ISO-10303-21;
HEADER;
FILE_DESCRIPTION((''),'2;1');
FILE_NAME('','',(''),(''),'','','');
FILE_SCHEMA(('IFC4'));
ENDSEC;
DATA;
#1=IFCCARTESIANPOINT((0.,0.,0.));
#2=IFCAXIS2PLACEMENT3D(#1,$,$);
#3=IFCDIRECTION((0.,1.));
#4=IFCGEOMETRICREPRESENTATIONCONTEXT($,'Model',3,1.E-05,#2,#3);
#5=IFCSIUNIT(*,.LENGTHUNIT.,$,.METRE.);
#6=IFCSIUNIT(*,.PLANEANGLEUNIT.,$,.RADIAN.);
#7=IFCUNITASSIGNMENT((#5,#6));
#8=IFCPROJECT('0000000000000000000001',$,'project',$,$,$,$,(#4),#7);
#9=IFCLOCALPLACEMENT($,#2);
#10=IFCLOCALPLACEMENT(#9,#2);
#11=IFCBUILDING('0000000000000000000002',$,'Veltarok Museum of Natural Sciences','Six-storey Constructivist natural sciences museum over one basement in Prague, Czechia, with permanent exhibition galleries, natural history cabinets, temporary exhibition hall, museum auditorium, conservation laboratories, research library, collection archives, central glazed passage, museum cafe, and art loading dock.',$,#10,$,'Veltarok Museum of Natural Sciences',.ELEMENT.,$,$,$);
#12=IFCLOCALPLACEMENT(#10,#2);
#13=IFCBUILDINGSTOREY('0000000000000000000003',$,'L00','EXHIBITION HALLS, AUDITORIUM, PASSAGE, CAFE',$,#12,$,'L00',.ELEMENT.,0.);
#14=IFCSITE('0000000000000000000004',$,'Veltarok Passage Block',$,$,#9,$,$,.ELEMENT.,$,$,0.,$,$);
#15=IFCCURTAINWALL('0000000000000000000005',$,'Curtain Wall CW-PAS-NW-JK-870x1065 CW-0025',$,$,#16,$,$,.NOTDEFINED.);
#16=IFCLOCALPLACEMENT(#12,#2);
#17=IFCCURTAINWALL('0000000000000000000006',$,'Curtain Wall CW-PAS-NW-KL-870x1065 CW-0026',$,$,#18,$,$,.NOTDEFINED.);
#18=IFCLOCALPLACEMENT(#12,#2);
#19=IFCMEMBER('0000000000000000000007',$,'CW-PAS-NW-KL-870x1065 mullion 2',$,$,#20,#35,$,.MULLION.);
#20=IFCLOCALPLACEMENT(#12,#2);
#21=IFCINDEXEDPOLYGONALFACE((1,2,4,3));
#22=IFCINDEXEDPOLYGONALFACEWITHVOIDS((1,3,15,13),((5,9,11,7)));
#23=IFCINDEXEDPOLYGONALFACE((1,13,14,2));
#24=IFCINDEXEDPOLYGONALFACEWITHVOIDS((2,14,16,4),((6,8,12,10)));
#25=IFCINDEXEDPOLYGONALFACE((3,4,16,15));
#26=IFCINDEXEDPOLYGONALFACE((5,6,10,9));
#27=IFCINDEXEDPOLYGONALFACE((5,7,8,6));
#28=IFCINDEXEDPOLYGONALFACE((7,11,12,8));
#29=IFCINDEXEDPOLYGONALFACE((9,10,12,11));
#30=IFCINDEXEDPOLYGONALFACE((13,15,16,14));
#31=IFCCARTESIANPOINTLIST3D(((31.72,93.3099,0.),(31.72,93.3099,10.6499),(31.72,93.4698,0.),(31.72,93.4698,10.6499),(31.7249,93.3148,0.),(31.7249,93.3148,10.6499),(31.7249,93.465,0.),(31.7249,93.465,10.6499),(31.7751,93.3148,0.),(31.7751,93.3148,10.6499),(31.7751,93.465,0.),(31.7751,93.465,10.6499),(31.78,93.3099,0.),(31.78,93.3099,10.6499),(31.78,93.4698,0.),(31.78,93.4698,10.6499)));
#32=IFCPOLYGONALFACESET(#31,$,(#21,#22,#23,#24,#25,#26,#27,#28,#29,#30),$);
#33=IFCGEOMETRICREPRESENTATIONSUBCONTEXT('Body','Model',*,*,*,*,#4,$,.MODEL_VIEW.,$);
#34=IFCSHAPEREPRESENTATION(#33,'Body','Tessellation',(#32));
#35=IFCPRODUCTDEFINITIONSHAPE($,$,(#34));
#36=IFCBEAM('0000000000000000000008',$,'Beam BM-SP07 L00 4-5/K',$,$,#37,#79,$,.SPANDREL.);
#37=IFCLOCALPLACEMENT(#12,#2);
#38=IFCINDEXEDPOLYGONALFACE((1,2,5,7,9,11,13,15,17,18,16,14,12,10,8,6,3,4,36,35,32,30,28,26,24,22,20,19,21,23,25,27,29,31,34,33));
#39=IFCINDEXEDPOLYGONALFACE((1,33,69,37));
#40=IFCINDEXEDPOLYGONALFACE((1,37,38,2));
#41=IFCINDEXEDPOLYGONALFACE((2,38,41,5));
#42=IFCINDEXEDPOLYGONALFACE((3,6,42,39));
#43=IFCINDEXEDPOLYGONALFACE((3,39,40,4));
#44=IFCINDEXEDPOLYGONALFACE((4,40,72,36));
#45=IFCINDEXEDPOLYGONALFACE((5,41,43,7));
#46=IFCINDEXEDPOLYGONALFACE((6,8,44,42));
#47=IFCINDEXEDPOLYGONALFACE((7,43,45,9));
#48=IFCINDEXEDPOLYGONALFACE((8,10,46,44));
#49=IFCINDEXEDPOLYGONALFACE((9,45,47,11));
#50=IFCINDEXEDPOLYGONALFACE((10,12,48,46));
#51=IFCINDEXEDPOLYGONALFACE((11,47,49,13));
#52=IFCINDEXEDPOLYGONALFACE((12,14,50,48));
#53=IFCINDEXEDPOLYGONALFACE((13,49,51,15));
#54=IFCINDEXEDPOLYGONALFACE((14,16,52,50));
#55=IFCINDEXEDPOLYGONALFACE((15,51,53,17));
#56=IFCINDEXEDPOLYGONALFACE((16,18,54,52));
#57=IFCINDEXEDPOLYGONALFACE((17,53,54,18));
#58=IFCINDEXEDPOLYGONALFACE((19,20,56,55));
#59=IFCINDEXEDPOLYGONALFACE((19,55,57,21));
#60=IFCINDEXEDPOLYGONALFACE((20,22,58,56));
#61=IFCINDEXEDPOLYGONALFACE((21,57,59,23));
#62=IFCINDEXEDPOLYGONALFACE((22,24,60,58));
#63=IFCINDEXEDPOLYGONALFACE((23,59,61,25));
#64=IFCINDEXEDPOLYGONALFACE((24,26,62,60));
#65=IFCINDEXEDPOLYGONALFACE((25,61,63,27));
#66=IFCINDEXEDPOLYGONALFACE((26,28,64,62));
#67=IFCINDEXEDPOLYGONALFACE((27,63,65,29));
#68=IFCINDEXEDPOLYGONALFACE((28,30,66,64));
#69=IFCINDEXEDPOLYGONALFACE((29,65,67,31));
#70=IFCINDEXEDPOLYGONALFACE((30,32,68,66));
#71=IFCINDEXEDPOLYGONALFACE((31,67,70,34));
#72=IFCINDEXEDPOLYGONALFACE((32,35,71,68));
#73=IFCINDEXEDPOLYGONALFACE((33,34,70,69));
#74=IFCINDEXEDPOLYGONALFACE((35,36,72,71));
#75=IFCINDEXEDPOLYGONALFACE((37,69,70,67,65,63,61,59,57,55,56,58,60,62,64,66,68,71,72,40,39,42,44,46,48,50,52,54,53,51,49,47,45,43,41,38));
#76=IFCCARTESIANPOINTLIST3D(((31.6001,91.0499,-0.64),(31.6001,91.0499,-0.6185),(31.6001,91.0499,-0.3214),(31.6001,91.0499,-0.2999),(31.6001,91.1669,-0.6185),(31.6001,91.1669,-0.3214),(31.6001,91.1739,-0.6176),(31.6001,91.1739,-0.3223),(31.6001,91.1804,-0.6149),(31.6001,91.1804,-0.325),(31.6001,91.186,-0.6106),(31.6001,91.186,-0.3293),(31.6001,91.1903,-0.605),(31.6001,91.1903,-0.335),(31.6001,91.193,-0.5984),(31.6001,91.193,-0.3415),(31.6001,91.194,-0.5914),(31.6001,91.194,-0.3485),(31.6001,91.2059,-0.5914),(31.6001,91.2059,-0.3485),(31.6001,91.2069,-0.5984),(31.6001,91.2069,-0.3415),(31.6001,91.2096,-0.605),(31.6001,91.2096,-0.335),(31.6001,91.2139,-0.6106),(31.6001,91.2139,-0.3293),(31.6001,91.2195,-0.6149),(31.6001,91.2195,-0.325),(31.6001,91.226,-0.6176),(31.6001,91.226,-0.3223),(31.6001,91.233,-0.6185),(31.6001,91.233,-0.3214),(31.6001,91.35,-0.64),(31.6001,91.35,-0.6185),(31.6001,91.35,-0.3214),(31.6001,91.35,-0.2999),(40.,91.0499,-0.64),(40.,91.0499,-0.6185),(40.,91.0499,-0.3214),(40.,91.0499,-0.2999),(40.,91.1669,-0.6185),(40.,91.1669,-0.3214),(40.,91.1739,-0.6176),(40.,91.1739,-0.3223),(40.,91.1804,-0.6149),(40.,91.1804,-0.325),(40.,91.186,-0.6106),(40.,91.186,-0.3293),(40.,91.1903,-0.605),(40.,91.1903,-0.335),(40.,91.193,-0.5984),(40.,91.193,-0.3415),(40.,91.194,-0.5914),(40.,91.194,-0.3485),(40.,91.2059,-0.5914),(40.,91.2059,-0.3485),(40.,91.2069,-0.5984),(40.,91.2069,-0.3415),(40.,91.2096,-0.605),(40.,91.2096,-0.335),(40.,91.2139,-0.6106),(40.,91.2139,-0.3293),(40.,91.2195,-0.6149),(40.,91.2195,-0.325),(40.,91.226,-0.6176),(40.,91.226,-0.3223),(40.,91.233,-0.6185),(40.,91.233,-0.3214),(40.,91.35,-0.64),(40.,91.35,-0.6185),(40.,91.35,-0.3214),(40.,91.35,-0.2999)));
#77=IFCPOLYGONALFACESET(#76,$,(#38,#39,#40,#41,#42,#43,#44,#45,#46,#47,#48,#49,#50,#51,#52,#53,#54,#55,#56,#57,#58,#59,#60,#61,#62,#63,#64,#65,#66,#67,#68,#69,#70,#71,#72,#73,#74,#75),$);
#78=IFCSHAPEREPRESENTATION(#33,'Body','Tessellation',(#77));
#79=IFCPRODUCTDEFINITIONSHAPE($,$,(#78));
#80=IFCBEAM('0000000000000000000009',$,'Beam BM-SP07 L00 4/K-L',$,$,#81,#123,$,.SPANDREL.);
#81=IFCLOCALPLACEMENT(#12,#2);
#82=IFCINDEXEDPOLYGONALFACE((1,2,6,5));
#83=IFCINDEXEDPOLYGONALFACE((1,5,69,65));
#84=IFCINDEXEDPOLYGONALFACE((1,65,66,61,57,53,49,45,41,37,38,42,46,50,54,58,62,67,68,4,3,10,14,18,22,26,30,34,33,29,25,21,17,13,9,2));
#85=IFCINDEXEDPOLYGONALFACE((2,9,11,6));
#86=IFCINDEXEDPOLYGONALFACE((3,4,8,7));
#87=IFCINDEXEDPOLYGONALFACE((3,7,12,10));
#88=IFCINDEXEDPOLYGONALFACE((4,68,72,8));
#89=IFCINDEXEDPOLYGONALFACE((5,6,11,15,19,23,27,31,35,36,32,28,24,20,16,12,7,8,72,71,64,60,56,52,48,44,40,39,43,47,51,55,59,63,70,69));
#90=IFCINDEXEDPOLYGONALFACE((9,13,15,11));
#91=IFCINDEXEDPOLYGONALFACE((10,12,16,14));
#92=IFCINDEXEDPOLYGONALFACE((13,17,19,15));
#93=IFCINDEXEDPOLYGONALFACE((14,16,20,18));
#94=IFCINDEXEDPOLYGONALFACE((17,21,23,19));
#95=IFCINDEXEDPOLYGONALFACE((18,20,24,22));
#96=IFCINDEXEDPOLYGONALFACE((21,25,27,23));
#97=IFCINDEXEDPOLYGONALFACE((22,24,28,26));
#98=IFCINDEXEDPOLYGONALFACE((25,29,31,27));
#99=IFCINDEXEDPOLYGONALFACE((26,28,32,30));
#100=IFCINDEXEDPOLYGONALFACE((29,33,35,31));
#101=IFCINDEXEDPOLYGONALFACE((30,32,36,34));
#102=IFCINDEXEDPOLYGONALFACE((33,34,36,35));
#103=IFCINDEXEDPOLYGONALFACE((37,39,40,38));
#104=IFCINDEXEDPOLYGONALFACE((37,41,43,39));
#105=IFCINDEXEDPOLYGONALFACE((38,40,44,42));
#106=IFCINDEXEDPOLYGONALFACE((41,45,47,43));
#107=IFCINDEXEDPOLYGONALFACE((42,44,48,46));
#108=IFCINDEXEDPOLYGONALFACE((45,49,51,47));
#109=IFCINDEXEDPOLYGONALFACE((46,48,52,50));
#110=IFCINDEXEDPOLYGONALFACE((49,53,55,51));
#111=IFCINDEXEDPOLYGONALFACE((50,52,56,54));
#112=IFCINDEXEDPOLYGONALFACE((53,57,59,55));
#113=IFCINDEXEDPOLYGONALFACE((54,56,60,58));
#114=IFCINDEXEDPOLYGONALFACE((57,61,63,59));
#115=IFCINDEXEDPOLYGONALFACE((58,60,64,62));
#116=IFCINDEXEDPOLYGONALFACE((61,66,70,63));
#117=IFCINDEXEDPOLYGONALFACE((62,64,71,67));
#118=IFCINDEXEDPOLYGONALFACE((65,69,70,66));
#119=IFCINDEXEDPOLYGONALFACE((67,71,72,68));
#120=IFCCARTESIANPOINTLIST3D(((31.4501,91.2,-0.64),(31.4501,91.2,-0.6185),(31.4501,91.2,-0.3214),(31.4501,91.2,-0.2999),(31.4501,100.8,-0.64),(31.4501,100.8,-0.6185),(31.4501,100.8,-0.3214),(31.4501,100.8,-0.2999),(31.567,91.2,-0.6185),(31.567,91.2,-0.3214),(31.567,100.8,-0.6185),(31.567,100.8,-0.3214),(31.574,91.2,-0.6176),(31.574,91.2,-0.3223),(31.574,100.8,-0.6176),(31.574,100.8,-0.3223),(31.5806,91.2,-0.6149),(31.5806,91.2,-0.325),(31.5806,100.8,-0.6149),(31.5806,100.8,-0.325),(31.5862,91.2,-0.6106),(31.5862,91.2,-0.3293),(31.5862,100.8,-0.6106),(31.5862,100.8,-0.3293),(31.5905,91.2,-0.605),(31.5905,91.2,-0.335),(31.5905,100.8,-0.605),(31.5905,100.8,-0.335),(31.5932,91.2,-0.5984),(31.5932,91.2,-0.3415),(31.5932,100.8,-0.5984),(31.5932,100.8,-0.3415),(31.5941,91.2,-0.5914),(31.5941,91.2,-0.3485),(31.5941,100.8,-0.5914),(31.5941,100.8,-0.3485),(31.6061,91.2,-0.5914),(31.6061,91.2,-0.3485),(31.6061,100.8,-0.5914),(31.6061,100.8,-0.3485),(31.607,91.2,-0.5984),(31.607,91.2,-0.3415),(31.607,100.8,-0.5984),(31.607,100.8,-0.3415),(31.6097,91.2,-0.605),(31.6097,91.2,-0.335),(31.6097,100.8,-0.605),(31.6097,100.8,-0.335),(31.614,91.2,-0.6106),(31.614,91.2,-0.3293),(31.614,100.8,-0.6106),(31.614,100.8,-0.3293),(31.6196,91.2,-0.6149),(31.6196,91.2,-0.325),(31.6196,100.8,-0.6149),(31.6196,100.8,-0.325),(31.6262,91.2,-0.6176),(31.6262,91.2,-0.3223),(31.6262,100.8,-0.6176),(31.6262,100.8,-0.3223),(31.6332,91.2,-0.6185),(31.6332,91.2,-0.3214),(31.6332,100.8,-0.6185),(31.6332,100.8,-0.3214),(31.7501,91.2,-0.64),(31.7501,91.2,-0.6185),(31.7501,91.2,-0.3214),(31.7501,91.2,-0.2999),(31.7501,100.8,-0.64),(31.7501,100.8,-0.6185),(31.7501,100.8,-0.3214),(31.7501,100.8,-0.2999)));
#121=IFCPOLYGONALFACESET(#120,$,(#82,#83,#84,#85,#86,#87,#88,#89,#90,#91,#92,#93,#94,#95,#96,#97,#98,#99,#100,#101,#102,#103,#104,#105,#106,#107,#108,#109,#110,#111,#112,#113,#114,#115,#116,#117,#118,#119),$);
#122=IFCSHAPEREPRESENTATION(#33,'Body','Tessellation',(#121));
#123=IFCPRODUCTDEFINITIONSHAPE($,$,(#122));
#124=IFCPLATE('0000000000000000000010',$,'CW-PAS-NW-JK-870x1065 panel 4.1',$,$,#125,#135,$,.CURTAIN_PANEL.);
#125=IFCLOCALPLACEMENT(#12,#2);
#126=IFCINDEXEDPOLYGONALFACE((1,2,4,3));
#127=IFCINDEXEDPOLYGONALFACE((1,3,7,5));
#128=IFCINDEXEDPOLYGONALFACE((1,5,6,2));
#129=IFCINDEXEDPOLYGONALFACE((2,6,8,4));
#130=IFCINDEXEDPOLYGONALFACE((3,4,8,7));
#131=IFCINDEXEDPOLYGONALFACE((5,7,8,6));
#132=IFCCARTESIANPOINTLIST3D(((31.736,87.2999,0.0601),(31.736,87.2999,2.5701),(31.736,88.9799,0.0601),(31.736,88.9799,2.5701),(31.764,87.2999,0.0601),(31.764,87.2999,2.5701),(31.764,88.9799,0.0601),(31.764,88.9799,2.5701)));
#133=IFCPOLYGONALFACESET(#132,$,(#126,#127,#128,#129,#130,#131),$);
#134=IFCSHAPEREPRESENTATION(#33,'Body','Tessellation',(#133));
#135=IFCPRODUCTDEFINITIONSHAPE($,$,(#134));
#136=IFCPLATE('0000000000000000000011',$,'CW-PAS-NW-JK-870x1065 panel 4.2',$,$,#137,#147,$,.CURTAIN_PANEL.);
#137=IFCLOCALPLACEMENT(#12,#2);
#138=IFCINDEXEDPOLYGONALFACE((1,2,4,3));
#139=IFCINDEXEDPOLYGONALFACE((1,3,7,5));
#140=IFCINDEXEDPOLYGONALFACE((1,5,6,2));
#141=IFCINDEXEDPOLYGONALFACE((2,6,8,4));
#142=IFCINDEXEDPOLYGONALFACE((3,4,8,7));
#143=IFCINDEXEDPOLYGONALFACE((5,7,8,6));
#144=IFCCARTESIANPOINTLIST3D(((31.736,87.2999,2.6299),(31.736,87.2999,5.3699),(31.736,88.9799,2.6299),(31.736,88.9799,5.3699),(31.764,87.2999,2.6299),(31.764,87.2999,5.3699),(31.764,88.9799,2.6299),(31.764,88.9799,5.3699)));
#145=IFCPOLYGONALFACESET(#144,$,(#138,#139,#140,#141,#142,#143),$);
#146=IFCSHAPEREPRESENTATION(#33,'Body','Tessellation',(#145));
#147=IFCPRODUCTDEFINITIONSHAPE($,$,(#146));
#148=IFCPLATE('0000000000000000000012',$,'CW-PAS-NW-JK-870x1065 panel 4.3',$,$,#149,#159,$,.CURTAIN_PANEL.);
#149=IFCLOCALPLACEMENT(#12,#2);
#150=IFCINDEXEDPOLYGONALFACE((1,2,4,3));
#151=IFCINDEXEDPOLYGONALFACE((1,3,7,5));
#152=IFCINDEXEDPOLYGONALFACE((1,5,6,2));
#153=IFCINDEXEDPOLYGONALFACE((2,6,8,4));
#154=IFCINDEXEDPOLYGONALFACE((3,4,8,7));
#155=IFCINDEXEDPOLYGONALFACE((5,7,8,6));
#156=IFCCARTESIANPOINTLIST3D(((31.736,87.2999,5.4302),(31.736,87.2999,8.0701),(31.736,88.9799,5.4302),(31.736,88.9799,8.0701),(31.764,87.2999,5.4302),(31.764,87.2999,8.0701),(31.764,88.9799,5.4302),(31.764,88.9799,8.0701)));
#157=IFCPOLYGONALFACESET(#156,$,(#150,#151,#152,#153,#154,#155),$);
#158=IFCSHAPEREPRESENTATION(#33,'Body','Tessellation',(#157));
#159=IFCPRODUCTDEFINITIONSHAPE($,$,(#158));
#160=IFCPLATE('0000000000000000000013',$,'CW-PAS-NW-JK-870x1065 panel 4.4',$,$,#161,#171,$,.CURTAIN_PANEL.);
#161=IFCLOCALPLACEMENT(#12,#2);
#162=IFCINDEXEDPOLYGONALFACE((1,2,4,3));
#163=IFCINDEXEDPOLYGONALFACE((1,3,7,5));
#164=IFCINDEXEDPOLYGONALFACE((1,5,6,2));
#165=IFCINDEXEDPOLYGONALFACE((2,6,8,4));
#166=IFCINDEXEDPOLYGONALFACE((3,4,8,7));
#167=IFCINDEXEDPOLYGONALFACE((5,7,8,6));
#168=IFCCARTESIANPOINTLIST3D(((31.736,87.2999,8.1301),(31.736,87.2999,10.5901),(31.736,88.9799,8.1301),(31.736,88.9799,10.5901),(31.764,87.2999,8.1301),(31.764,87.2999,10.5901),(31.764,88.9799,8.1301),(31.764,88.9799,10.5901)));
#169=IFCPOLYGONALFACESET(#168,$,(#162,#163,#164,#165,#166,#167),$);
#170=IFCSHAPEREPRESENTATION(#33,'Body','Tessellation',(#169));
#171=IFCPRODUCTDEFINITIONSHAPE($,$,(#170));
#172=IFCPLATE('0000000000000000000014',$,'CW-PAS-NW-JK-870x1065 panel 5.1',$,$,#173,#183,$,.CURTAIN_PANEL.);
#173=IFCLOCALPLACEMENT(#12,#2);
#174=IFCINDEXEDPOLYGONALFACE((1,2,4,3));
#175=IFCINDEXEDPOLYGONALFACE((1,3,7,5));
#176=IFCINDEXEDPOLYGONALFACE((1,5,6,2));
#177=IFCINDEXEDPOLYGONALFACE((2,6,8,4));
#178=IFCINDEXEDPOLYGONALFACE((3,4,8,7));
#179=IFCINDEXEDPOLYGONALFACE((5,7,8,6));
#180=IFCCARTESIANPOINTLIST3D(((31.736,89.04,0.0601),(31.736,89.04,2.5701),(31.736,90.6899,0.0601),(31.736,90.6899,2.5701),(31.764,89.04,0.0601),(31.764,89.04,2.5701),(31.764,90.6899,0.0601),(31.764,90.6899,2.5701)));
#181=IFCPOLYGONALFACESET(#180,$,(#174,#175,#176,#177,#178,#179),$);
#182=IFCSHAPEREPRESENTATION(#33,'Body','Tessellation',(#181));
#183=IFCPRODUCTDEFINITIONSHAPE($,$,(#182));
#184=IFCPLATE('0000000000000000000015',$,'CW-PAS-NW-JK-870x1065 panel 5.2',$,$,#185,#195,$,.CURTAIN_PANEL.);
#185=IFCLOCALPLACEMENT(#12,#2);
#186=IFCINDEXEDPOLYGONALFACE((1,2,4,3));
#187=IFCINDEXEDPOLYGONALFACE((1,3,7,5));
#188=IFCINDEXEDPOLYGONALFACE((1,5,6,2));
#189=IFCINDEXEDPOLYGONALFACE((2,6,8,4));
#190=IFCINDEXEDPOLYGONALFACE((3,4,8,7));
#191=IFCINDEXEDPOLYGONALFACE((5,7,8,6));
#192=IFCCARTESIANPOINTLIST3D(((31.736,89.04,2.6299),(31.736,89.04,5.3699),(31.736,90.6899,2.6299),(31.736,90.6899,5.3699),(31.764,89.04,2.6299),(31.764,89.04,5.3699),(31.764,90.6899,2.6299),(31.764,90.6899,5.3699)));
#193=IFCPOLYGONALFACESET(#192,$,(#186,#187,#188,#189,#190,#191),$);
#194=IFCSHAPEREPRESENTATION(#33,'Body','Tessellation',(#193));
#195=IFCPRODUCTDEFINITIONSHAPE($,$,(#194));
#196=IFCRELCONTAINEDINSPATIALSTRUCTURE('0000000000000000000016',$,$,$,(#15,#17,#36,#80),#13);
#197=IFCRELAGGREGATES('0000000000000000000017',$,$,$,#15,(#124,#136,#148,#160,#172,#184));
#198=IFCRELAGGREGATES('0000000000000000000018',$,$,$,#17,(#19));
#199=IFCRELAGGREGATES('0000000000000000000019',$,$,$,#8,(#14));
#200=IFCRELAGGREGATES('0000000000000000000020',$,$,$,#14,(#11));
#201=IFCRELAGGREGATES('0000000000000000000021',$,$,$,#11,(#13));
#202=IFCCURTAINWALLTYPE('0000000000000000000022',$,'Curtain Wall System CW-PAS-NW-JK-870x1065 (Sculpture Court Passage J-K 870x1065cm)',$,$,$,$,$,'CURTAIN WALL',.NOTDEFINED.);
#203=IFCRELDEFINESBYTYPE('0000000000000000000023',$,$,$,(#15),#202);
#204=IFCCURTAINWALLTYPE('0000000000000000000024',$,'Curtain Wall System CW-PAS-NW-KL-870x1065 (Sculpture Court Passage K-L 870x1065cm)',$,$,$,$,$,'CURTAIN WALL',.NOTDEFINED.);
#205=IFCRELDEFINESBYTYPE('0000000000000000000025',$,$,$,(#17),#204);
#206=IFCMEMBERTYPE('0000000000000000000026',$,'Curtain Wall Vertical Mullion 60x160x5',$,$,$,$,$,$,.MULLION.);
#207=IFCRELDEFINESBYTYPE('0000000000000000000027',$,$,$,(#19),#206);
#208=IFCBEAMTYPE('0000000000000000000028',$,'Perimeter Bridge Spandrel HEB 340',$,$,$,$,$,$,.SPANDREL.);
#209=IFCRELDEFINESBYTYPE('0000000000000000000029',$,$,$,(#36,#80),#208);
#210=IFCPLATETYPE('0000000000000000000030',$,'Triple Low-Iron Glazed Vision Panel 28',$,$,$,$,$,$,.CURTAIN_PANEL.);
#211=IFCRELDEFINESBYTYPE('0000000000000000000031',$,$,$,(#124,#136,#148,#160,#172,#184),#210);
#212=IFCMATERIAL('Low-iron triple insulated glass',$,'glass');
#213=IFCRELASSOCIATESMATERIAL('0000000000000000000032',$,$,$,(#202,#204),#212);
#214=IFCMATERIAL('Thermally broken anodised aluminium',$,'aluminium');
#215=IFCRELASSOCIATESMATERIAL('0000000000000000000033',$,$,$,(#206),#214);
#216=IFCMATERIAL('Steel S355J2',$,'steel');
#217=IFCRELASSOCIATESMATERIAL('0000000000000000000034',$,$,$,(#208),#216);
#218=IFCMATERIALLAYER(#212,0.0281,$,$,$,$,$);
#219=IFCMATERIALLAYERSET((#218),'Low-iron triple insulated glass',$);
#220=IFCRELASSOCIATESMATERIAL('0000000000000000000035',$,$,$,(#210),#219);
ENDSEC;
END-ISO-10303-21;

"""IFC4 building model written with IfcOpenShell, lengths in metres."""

from ifc_helpers import new_model, si_unit, direction, frame, origin, origin_2d, place, context, subcontext, project, spatial, rectangle, hollow_rectangle, i_section, extrude, material, layer, layer_set, material_profile, profile_set, type_object, element, aggregate, save


model = new_model("IFC4")

# Units and contexts
model_context = context("Model", 3, precision=1e-05, world=origin(), true_north=direction((0.0, 1.0)))
body_context = subcontext(model_context, "Body", "Model", "MODEL_VIEW")
ifc_project = project(units=[si_unit("LENGTHUNIT", "METRE"), si_unit("PLANEANGLEUNIT", "RADIAN")], contexts=[model_context])

# Site, building, storey
site_placement = place(None, origin())
site = spatial("IfcSite", under=ifc_project, at=site_placement, Name="Veltarok Passage Block", CompositionType="ELEMENT", RefElevation=0.0)
building_placement = place(site_placement, origin())
building = spatial("IfcBuilding", under=site, at=building_placement, Name="Veltarok Museum of Natural Sciences", Description="Six-storey Constructivist natural sciences museum over one basement in Prague, Czechia, with permanent exhibition galleries, natural history cabinets, temporary exhibition hall, museum auditorium, conservation laboratories, research library, collection archives, central glazed passage, museum cafe, and art loading dock.", LongName="Veltarok Museum of Natural Sciences", CompositionType="ELEMENT")
storey_placement = place(building_placement, origin())
storey = spatial("IfcBuildingStorey", under=building, at=storey_placement, Name="L00", Description="EXHIBITION HALLS, AUDITORIUM, PASSAGE, CAFE", LongName="L00", CompositionType="ELEMENT", Elevation=0.0)

# Shared definitions
ifc_material_1 = material(Name="Steel S355J2", Category="steel")

# Curtain walls
ifc_material_2 = material(Name="Low-iron triple insulated glass", Category="glass")
curtain_wall_type_1 = type_object("IfcCurtainWallType", Name="Curtain Wall System CW-PAS-NW-JK-870x1065 (Sculpture Court Passage J-K 870x1065cm)", ElementType="CURTAIN WALL", PredefinedType="NOTDEFINED", material=ifc_material_2)
curtain_wall_1_placement = place(storey_placement, origin())
curtain_wall_1 = element("IfcCurtainWall", 1, at=curtain_wall_1_placement, inside=storey, type_object=curtain_wall_type_1, Name="Curtain Wall CW-PAS-NW-JK-870x1065 CW-0025", PredefinedType="NOTDEFINED")
ifc_material_3 = material(Name="Thermally broken anodised aluminium", Category="aluminium")
curtain_wall_type_2 = type_object("IfcCurtainWallType", Name="Curtain Wall System CW-PAS-NW-KL-870x1065 (Sculpture Court Passage K-L 870x1065cm)", ElementType="CURTAIN WALL", PredefinedType="NOTDEFINED", material=ifc_material_2)
curtain_wall_2_placement = place(storey_placement, origin())
curtain_wall_2 = element("IfcCurtainWall", 2, at=curtain_wall_2_placement, inside=storey, type_object=curtain_wall_type_2, Name="Curtain Wall CW-PAS-NW-KL-870x1065 CW-0026", PredefinedType="NOTDEFINED")

# Member
ifc_material_profile_1 = material_profile(ifc_material_3, hollow_rectangle(XDim=0.0601, YDim=0.1599, WallThickness=0.0049, at=origin_2d()), Name="CW MULLION 60x160x5")
ifc_profile_set_1 = profile_set([ifc_material_profile_1], Name="Thermally broken anodised aluminium")
member_type_1 = type_object("IfcMemberType", Name="Curtain Wall Vertical Mullion 60x160x5", PredefinedType="MULLION", material=ifc_profile_set_1)
member_1_placement = place(storey_placement, frame((31.75, 93.3899, 0.0), z_axis=(0.0, 0.0, 1.0), x_axis=(-1.0, 0.0, 0.0)))
member_1 = element("IfcMember", 3, at=member_1_placement, type_object=member_type_1, Name="CW-PAS-NW-KL-870x1065 mullion 2", PredefinedType="MULLION", context=body_context, shape_type="SweptSolid", body=[
    extrude(hollow_rectangle(XDim=0.0601, YDim=0.1599, WallThickness=0.0049, at=origin_2d()), origin(), (0.0, 0.0, 1.0), 10.6499),
])

# Beams
ifc_material_profile_2 = material_profile(ifc_material_1, i_section(OverallWidth=0.3, OverallDepth=0.3401, WebThickness=0.012, FlangeThickness=0.0215, FilletRadius=0.0271, at=origin_2d()), Name="HEB 340")
ifc_profile_set_2 = profile_set([ifc_material_profile_2], Name="Steel S355J2")
beam_type = type_object("IfcBeamType", Name="Perimeter Bridge Spandrel HEB 340", PredefinedType="SPANDREL", material=ifc_profile_set_2)
beam_1_placement = place(storey_placement, frame((31.6001, 91.2, -0.47), z_axis=(1.0, 0.0, 0.0), x_axis=(0.0, 1.0, 0.0)))
element("IfcBeam", 4, at=beam_1_placement, inside=storey, type_object=beam_type, Name="Beam BM-SP07 L00 4-5/K", PredefinedType="SPANDREL", context=body_context, shape_type="SweptSolid", body=[
    extrude(i_section(OverallWidth=0.3, OverallDepth=0.3401, WebThickness=0.012, FlangeThickness=0.0215, FilletRadius=0.0271, at=origin_2d()), origin(), (0.0, 0.0, 1.0), 8.3999),
])
beam_2_placement = place(storey_placement, frame((31.6001, 91.2, -0.47), z_axis=(0.0, 1.0, 0.0), x_axis=(-1.0, 0.0, 0.0)))
element("IfcBeam", 5, at=beam_2_placement, inside=storey, type_object=beam_type, Name="Beam BM-SP07 L00 4/K-L", PredefinedType="SPANDREL", context=body_context, shape_type="SweptSolid", body=[
    extrude(i_section(OverallWidth=0.3, OverallDepth=0.3401, WebThickness=0.012, FlangeThickness=0.0215, FilletRadius=0.0271, at=origin_2d()), origin(), (0.0, 0.0, 1.0), 9.6001),
])

# Plates
ifc_layer = layer(ifc_material_2, 0.0281)
ifc_layer_set = layer_set([ifc_layer], Name="Low-iron triple insulated glass")
plate_type = type_object("IfcPlateType", Name="Triple Low-Iron Glazed Vision Panel 28", PredefinedType="CURTAIN_PANEL", material=ifc_layer_set)
plate_1_placement = place(storey_placement, frame((31.75, 88.1399, 0.0601), z_axis=(0.0, 0.0, 1.0), x_axis=(0.0, 1.0, 0.0)))
plate_1 = element("IfcPlate", 6, at=plate_1_placement, type_object=plate_type, Name="CW-PAS-NW-JK-870x1065 panel 4.1", PredefinedType="CURTAIN_PANEL", context=body_context, shape_type="SweptSolid", body=[
    extrude(rectangle(XDim=1.6799, YDim=0.0281, at=origin_2d()), origin(), (0.0, 0.0, 1.0), 2.51),
])
plate_2_placement = place(storey_placement, frame((31.75, 88.1399, 2.6299), z_axis=(0.0, 0.0, 1.0), x_axis=(0.0, 1.0, 0.0)))
plate_2 = element("IfcPlate", 7, at=plate_2_placement, type_object=plate_type, Name="CW-PAS-NW-JK-870x1065 panel 4.2", PredefinedType="CURTAIN_PANEL", context=body_context, shape_type="SweptSolid", body=[
    extrude(rectangle(XDim=1.6799, YDim=0.0281, at=origin_2d()), origin(), (0.0, 0.0, 1.0), 2.74),
])
plate_3_placement = place(storey_placement, frame((31.75, 88.1399, 5.4302), z_axis=(0.0, 0.0, 1.0), x_axis=(0.0, 1.0, 0.0)))
plate_3 = element("IfcPlate", 8, at=plate_3_placement, type_object=plate_type, Name="CW-PAS-NW-JK-870x1065 panel 4.3", PredefinedType="CURTAIN_PANEL", context=body_context, shape_type="SweptSolid", body=[
    extrude(rectangle(XDim=1.6799, YDim=0.0281, at=origin_2d()), origin(), (0.0, 0.0, 1.0), 2.6399),
])
plate_4_placement = place(storey_placement, frame((31.75, 88.1399, 8.1301), z_axis=(0.0, 0.0, 1.0), x_axis=(0.0, 1.0, 0.0)))
plate_4 = element("IfcPlate", 9, at=plate_4_placement, type_object=plate_type, Name="CW-PAS-NW-JK-870x1065 panel 4.4", PredefinedType="CURTAIN_PANEL", context=body_context, shape_type="SweptSolid", body=[
    extrude(rectangle(XDim=1.6799, YDim=0.0281, at=origin_2d()), origin(), (0.0, 0.0, 1.0), 2.46),
])
plate_5_placement = place(storey_placement, frame((31.75, 89.865, 0.0601), z_axis=(0.0, 0.0, 1.0), x_axis=(0.0, 1.0, 0.0)))
plate_5 = element("IfcPlate", 10, at=plate_5_placement, type_object=plate_type, Name="CW-PAS-NW-JK-870x1065 panel 5.1", PredefinedType="CURTAIN_PANEL", context=body_context, shape_type="SweptSolid", body=[
    extrude(rectangle(XDim=1.6499, YDim=0.0281, at=origin_2d()), origin(), (0.0, 0.0, 1.0), 2.51),
])
plate_6_placement = place(storey_placement, frame((31.75, 89.865, 2.6299), z_axis=(0.0, 0.0, 1.0), x_axis=(0.0, 1.0, 0.0)))
plate_6 = element("IfcPlate", 11, at=plate_6_placement, type_object=plate_type, Name="CW-PAS-NW-JK-870x1065 panel 5.2", PredefinedType="CURTAIN_PANEL", context=body_context, shape_type="SweptSolid", body=[
    extrude(rectangle(XDim=1.6499, YDim=0.0281, at=origin_2d()), origin(), (0.0, 0.0, 1.0), 2.74),
])
aggregate(curtain_wall_1, [plate_1, plate_2, plate_3, plate_4, plate_5, plate_6])
aggregate(curtain_wall_2, [member_1])

save(model, "model.ifc")
